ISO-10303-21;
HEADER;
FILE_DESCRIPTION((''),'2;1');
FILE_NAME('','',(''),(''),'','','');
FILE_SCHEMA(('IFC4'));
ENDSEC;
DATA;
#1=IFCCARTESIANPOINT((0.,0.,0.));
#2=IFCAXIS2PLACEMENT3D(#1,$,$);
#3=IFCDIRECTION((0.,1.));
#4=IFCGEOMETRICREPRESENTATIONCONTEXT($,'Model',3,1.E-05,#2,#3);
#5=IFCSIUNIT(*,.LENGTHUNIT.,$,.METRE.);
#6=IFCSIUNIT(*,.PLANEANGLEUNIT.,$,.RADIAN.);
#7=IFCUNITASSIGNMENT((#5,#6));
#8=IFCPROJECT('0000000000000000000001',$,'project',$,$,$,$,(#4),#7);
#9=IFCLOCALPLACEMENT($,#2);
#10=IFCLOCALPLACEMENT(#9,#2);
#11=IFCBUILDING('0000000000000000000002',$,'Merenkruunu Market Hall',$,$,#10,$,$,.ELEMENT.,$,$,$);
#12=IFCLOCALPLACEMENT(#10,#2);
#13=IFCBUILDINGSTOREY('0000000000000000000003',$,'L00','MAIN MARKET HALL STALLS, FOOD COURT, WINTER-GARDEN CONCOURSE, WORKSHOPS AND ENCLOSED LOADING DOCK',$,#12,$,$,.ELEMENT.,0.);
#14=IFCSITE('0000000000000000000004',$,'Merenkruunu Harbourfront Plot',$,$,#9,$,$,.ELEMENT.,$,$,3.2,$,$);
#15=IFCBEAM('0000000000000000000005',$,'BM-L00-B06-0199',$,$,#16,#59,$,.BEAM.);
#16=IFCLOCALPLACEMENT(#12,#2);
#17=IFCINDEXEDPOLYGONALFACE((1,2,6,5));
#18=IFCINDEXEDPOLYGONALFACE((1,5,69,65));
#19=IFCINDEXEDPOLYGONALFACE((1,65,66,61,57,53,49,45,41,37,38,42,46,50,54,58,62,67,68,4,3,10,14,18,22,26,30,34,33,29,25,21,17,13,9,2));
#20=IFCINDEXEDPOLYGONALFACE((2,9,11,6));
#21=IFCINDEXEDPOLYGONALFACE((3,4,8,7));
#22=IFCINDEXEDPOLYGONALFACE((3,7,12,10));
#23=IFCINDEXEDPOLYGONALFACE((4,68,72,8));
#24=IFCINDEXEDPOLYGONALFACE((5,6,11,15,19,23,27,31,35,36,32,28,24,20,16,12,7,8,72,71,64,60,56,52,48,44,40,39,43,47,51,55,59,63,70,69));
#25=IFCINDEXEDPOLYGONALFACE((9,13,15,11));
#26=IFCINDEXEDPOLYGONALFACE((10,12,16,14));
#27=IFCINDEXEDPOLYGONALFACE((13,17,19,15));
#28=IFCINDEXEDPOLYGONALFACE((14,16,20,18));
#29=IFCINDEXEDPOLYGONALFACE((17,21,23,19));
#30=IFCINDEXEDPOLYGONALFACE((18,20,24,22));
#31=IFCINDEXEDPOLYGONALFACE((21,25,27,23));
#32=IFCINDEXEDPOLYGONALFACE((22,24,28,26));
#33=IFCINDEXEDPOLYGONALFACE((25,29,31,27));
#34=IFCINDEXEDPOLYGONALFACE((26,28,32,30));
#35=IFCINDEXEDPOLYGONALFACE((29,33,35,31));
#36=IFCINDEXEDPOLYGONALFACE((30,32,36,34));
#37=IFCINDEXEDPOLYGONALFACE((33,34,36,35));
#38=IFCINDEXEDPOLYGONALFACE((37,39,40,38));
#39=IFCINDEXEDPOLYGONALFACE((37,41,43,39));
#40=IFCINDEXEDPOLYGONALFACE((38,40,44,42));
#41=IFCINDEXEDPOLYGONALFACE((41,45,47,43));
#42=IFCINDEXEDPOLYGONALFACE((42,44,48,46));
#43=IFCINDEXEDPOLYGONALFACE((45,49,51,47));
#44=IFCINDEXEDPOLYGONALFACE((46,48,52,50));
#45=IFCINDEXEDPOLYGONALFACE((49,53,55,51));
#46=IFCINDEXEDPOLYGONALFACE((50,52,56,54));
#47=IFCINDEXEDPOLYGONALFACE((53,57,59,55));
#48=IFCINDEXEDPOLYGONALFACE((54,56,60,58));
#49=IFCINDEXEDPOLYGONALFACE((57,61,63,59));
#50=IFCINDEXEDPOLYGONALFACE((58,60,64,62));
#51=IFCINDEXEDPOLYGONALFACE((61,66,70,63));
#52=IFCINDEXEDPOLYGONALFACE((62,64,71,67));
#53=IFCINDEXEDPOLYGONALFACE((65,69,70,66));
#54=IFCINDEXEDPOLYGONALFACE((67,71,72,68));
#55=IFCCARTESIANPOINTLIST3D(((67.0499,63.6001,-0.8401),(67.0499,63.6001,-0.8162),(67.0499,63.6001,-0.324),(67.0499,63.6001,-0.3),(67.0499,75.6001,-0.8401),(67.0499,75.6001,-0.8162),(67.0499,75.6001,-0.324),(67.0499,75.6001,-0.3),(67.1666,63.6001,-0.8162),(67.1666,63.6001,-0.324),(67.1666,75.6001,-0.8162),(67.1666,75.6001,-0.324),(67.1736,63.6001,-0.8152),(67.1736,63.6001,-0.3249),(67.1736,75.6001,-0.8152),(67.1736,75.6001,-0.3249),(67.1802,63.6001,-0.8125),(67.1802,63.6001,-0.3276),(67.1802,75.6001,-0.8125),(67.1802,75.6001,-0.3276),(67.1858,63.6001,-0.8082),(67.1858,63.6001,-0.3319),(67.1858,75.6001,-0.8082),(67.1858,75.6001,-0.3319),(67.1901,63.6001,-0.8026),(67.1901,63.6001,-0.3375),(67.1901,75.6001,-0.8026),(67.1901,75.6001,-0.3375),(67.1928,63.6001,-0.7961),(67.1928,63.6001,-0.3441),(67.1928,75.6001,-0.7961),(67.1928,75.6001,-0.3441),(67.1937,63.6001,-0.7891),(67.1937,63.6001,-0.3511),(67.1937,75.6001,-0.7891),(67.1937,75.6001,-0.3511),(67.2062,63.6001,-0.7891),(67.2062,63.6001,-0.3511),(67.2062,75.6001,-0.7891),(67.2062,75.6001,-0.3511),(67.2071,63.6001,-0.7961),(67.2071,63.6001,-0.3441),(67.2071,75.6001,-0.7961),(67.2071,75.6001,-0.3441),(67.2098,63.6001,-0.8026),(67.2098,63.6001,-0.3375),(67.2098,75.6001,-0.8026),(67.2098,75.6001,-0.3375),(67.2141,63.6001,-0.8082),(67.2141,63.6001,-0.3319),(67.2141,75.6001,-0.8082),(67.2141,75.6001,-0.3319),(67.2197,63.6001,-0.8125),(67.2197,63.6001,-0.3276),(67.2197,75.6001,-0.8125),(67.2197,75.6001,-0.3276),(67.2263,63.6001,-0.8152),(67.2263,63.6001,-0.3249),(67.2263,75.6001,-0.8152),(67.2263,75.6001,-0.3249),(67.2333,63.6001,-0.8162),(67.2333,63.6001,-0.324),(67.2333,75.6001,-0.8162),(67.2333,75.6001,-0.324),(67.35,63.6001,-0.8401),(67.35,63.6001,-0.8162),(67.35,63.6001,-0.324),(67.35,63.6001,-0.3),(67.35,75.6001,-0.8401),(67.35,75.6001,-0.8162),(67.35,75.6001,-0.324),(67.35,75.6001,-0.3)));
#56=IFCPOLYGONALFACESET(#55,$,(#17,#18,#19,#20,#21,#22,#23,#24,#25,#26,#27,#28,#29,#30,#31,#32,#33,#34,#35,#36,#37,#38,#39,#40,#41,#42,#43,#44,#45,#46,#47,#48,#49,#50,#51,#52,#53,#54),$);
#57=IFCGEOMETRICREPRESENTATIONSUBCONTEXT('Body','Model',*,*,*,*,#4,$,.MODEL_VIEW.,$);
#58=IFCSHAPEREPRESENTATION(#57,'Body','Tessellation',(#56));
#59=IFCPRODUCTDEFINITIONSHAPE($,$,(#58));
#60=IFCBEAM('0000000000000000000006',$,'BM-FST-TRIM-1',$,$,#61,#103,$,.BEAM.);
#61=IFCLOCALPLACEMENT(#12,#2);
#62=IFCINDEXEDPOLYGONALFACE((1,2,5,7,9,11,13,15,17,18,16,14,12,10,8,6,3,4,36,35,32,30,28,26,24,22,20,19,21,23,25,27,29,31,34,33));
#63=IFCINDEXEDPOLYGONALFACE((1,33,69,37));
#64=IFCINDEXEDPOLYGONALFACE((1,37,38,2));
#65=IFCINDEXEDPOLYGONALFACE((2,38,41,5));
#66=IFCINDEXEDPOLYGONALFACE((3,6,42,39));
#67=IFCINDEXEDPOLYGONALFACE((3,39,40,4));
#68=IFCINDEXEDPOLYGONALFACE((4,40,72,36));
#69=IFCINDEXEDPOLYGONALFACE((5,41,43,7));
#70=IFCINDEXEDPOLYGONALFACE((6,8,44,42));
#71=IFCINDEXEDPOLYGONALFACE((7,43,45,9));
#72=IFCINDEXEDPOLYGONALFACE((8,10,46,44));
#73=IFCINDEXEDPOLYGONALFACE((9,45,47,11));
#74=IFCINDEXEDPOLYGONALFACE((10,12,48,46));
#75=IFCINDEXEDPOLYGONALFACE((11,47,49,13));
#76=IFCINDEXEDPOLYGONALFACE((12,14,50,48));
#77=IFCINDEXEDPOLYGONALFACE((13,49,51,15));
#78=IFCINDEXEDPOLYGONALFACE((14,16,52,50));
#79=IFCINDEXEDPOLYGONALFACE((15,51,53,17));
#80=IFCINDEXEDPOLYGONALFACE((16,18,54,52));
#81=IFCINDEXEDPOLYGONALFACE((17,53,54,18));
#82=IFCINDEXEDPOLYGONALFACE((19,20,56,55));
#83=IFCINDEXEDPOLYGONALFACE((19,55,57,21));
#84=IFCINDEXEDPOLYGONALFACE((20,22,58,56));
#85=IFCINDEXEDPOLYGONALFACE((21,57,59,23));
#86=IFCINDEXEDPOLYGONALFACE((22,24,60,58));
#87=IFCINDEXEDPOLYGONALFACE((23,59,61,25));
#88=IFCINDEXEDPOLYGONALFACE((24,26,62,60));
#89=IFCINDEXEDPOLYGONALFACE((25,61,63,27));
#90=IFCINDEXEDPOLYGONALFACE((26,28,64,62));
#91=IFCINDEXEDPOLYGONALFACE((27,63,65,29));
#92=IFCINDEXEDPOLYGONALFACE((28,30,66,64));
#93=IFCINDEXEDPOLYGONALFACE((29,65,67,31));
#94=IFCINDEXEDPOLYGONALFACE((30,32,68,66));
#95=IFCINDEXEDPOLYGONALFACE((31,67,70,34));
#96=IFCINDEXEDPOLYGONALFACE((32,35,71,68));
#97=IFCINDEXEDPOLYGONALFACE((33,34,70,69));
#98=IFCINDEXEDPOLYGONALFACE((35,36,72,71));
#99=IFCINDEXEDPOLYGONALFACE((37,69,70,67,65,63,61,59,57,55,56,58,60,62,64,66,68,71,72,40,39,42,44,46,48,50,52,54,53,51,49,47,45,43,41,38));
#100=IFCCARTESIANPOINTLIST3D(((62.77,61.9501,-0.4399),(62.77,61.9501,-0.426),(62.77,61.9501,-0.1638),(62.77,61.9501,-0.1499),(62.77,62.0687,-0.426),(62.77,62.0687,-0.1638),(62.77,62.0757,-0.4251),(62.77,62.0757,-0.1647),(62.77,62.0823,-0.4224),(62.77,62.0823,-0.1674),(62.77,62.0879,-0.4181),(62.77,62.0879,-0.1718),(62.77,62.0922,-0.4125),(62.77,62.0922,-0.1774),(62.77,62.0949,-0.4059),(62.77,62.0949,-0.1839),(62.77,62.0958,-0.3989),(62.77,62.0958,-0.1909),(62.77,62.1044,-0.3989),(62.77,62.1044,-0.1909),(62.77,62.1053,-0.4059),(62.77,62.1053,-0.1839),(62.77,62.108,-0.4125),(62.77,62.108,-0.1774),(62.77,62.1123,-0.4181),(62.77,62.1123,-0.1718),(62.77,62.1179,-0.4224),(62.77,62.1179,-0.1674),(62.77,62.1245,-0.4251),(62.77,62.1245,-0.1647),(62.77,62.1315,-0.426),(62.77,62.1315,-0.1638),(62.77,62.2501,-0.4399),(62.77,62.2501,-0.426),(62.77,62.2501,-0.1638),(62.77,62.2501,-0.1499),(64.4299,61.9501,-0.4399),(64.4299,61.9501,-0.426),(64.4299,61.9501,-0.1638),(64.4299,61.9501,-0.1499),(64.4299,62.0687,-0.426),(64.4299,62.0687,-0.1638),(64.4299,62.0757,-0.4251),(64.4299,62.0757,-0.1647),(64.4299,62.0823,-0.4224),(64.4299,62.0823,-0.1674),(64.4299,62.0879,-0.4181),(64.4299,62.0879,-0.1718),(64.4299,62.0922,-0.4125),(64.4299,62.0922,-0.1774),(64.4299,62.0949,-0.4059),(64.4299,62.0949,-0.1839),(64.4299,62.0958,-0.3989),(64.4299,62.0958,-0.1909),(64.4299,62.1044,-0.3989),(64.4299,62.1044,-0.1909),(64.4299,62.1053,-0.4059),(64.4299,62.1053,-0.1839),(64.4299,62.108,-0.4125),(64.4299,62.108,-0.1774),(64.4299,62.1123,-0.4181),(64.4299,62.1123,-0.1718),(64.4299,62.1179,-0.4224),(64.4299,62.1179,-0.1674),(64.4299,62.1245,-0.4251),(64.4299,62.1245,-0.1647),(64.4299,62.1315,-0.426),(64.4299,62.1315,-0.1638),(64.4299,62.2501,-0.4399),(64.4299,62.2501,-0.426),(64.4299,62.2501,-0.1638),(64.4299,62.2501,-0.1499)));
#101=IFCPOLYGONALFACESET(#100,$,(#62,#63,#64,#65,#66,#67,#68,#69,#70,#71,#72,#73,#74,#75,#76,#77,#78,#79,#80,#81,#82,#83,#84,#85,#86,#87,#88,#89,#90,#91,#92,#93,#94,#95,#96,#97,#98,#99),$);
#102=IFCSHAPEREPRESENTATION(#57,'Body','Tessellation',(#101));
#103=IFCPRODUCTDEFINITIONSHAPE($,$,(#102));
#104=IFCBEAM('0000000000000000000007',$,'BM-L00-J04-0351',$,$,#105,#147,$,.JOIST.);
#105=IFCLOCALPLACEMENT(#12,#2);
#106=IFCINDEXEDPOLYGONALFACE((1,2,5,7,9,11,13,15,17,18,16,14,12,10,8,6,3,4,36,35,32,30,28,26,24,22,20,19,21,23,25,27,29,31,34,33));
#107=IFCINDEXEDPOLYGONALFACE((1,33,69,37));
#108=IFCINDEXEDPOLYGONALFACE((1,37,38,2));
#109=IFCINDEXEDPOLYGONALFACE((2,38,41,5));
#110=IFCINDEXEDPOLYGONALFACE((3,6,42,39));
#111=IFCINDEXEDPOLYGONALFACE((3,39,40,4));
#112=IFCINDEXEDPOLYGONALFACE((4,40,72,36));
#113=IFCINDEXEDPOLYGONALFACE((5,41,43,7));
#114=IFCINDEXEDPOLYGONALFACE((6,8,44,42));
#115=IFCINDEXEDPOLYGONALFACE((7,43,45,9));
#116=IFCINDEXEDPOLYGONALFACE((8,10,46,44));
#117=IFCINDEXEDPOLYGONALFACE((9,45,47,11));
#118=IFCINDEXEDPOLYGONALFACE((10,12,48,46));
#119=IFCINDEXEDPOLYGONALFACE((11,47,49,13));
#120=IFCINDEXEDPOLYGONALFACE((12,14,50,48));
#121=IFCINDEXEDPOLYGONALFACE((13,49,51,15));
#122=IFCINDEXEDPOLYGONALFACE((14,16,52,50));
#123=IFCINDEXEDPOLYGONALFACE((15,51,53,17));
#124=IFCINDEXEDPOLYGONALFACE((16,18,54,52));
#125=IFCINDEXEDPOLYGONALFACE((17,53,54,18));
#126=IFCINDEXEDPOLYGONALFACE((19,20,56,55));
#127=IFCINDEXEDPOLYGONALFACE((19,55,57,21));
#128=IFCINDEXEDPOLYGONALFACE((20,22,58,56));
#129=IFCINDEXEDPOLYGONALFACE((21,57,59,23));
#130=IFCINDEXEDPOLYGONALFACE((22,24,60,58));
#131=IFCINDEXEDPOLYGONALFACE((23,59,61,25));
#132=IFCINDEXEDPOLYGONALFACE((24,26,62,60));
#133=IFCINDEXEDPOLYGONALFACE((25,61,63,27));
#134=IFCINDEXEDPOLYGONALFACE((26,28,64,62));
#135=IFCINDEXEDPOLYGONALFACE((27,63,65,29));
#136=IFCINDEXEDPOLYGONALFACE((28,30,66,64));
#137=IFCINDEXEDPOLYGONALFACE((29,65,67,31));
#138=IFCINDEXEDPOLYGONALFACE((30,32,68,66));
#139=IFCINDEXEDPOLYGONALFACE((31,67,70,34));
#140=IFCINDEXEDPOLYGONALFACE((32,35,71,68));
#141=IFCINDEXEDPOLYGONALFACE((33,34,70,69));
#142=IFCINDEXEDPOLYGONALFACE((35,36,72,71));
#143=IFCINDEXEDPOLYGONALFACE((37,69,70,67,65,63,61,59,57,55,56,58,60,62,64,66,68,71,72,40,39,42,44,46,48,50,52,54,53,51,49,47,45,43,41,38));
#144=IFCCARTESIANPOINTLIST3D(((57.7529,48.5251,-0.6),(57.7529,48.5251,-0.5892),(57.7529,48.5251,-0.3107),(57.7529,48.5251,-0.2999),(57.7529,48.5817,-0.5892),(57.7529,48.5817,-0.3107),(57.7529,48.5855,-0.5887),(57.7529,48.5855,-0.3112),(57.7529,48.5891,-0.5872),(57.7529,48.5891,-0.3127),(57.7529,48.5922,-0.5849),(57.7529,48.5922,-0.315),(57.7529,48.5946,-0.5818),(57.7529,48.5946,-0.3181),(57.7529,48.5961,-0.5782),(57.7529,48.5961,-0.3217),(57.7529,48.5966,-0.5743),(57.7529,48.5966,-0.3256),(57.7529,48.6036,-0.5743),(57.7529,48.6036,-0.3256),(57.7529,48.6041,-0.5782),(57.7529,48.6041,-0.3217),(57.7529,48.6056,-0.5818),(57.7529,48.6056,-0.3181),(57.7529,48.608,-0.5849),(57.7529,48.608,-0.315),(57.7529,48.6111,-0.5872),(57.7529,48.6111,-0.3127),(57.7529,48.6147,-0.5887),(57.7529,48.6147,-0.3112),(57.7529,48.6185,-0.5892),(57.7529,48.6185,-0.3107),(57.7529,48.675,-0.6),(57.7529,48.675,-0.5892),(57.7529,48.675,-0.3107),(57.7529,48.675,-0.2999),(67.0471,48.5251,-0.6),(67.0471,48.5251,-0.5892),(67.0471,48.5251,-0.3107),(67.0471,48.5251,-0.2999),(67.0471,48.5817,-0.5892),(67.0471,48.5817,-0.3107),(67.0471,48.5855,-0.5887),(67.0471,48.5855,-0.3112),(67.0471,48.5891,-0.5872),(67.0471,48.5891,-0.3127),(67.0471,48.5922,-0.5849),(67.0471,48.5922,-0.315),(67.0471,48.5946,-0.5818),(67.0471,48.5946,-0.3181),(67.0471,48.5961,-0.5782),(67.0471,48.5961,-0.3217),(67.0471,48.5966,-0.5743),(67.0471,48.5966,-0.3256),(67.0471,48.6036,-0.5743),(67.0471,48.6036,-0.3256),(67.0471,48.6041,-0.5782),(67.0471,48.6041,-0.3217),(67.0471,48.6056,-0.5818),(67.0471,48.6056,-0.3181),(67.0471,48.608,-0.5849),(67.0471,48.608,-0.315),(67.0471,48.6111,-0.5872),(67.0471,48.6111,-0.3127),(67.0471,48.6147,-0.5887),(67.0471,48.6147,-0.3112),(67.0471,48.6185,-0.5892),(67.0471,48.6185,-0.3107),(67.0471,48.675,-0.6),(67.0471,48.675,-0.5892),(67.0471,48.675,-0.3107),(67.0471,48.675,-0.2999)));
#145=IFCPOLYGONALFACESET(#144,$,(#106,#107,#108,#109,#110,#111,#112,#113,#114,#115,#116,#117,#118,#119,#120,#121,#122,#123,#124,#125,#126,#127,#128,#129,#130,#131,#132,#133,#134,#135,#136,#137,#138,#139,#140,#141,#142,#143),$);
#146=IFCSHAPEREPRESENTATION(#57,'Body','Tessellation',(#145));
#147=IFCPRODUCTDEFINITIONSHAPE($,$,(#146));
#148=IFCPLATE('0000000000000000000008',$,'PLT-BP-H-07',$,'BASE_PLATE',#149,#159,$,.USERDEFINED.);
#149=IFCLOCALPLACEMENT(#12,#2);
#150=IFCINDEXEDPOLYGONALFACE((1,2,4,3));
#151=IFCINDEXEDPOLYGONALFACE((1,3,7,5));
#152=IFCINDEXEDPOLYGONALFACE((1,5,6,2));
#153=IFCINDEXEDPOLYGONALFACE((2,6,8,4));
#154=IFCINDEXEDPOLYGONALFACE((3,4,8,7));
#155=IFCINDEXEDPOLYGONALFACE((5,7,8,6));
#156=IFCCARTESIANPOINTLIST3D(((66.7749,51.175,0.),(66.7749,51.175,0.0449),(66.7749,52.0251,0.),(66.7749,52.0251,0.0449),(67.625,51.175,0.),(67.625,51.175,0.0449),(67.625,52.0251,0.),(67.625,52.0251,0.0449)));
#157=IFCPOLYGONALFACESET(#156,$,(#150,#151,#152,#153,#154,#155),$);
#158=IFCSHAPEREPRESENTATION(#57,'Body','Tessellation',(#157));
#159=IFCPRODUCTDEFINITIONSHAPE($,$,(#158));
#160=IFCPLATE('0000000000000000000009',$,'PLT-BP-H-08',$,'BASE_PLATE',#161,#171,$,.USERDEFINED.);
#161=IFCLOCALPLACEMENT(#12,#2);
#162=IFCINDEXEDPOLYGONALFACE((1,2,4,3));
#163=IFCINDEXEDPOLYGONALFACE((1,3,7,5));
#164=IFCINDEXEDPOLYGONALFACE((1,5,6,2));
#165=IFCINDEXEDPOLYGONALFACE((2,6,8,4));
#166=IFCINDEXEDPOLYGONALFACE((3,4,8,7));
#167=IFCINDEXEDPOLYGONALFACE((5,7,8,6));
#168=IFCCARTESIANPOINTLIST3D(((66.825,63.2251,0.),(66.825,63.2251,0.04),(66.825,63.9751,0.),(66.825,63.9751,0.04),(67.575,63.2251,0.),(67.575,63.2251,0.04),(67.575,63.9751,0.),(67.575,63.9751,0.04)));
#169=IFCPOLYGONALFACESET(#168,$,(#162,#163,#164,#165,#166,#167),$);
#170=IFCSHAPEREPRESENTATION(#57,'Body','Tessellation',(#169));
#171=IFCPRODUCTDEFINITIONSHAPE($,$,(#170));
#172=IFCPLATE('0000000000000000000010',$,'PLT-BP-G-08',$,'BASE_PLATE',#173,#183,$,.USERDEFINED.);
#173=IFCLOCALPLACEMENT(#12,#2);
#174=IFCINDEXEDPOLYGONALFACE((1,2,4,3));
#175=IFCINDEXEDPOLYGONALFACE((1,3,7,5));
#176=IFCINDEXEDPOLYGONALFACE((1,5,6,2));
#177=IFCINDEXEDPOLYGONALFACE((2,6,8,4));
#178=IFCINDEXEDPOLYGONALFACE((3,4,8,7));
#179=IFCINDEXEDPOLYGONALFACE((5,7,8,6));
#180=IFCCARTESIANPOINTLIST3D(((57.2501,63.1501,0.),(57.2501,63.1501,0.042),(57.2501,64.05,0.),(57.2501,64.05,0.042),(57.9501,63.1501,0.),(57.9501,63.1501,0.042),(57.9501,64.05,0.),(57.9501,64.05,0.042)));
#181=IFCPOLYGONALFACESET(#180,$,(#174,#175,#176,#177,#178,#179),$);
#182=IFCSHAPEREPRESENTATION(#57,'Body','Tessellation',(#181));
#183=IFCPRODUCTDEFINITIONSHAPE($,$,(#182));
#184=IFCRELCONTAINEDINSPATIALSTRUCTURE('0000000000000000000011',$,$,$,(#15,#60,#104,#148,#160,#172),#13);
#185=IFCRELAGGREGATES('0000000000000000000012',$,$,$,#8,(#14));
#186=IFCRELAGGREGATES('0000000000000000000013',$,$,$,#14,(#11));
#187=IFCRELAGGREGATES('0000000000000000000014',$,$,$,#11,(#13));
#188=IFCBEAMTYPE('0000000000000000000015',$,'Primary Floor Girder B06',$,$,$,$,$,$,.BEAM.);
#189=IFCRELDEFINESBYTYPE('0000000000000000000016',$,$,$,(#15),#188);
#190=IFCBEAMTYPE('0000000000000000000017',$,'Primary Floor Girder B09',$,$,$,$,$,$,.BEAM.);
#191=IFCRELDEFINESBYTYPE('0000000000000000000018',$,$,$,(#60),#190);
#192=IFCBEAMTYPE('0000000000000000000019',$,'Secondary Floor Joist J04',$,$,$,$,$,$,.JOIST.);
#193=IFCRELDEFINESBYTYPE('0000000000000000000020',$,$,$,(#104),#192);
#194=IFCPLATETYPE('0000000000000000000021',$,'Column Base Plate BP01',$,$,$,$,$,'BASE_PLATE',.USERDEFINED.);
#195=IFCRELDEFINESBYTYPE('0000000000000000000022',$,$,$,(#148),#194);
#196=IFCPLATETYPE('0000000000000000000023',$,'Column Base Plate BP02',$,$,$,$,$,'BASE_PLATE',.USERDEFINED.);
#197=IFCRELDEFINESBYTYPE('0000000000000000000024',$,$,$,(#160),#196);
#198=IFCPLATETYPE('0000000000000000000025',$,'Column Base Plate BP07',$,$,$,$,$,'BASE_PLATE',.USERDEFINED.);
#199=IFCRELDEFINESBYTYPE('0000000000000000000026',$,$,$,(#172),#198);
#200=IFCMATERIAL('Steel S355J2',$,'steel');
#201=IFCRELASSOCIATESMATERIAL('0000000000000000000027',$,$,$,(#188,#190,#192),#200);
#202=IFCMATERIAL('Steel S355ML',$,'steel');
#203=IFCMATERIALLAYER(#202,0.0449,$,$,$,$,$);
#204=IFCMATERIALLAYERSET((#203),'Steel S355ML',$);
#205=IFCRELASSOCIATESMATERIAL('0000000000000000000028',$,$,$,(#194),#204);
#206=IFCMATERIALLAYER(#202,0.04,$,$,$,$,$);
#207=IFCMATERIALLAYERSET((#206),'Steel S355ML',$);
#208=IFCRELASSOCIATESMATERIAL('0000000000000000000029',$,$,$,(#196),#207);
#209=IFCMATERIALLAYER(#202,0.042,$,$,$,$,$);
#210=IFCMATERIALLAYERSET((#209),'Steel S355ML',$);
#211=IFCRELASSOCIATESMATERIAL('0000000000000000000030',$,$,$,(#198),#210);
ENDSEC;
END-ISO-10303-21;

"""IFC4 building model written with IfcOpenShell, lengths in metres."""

from ifc_helpers import new_model, si_unit, direction, frame, origin, origin_2d, place, context, subcontext, project, spatial, rectangle, i_section, extrude, material, layer, layer_set, material_profile, profile_set, type_object, element, save


model = new_model("IFC4")

# Units and contexts
model_context = context("Model", 3, precision=1e-05, world=origin(), true_north=direction((0.0, 1.0)))
body_context = subcontext(model_context, "Body", "Model", "MODEL_VIEW")
ifc_project = project(units=[si_unit("LENGTHUNIT", "METRE"), si_unit("PLANEANGLEUNIT", "RADIAN")], contexts=[model_context])

# Site, building, storey
site_placement = place(None, origin())
site = spatial("IfcSite", under=ifc_project, at=site_placement, Name="Merenkruunu Harbourfront Plot", CompositionType="ELEMENT", RefElevation=3.2)
building_placement = place(site_placement, origin())
building = spatial("IfcBuilding", under=site, at=building_placement, Name="Merenkruunu Market Hall", CompositionType="ELEMENT")
storey_placement = place(building_placement, origin())
storey = spatial("IfcBuildingStorey", under=building, at=storey_placement, Name="L00", Description="MAIN MARKET HALL STALLS, FOOD COURT, WINTER-GARDEN CONCOURSE, WORKSHOPS AND ENCLOSED LOADING DOCK", CompositionType="ELEMENT", Elevation=0.0)

# Shared definitions
ifc_material_1 = material(Name="Steel S355ML", Category="steel")

# Beams
ifc_material_2 = material(Name="Steel S355J2", Category="steel")
ifc_material_profile_1 = material_profile(ifc_material_2, i_section(OverallWidth=0.3, OverallDepth=0.54, WebThickness=0.0125, FlangeThickness=0.0239, FilletRadius=0.0271, at=origin_2d()), Name="HEA 550")
ifc_profile_set_1 = profile_set([ifc_material_profile_1], Name="Steel S355J2")
beam_type_1 = type_object("IfcBeamType", Name="Primary Floor Girder B06", PredefinedType="BEAM", material=ifc_profile_set_1)
for number, where, z_axis, x_axis, name in (
    (1, (67.2, 63.6001, -0.5701), (0.0, 1.0, 0.0), (-1.0, 0.0, 0.0), "BM-L00-B06-0199"),
):
    element("IfcBeam", number, at=place(storey_placement, frame(where, z_axis=z_axis, x_axis=x_axis)), inside=storey, type_object=beam_type_1, Name=name, PredefinedType="BEAM", context=body_context, shape_type="SweptSolid", body=[
        extrude(i_section(OverallWidth=0.3, OverallDepth=0.54, WebThickness=0.0125, FlangeThickness=0.0239, FilletRadius=0.0271, at=origin_2d()), origin(), (0.0, 0.0, 1.0), 12.0),
    ])
ifc_material_profile_2 = material_profile(ifc_material_2, i_section(OverallWidth=0.3, OverallDepth=0.29, WebThickness=0.0085, FlangeThickness=0.0139, FilletRadius=0.0271, at=origin_2d()), Name="HEA 300")
ifc_profile_set_2 = profile_set([ifc_material_profile_2], Name="Steel S355J2")
beam_type_2 = type_object("IfcBeamType", Name="Primary Floor Girder B09", PredefinedType="BEAM", material=ifc_profile_set_2)
beam_1_placement = place(storey_placement, frame((62.77, 62.1001, -0.2949), z_axis=(1.0, 0.0, 0.0), x_axis=(0.0, 1.0, 0.0)))
element("IfcBeam", 2, at=beam_1_placement, inside=storey, type_object=beam_type_2, Name="BM-FST-TRIM-1", PredefinedType="BEAM", context=body_context, shape_type="SweptSolid", body=[
    extrude(i_section(OverallWidth=0.3, OverallDepth=0.29, WebThickness=0.0085, FlangeThickness=0.0139, FilletRadius=0.0271, at=origin_2d()), origin(), (0.0, 0.0, 1.0), 1.6599),
])
ifc_material_profile_3 = material_profile(ifc_material_2, i_section(OverallWidth=0.1499, OverallDepth=0.3, WebThickness=0.0071, FlangeThickness=0.0107, FilletRadius=0.0149, at=origin_2d()), Name="IPE 300")
ifc_profile_set_3 = profile_set([ifc_material_profile_3], Name="Steel S355J2")
beam_type_3 = type_object("IfcBeamType", Name="Secondary Floor Joist J04", PredefinedType="JOIST", material=ifc_profile_set_3)
beam_2_placement = place(storey_placement, frame((57.7529, 48.6001, -0.45), z_axis=(1.0, 0.0, 0.0), x_axis=(0.0, 1.0, 0.0)))
element("IfcBeam", 3, at=beam_2_placement, inside=storey, type_object=beam_type_3, Name="BM-L00-J04-0351", PredefinedType="JOIST", context=body_context, shape_type="SweptSolid", body=[
    extrude(i_section(OverallWidth=0.1499, OverallDepth=0.3, WebThickness=0.0071, FlangeThickness=0.0107, FilletRadius=0.0149, at=origin_2d()), origin(), (0.0, 0.0, 1.0), 9.2942),
])

# Plates
ifc_layer_1 = layer(ifc_material_1, 0.0449)
ifc_layer_set_1 = layer_set([ifc_layer_1], Name="Steel S355ML")
plate_type_1 = type_object("IfcPlateType", Name="Column Base Plate BP01", ElementType="BASE_PLATE", PredefinedType="USERDEFINED", material=ifc_layer_set_1)
plate_1_placement = place(storey_placement, frame((67.2, 51.6001, 0.0), z_axis=(0.0, 0.0, 1.0), x_axis=(1.0, 0.0, 0.0)))
element("IfcPlate", 4, at=plate_1_placement, inside=storey, type_object=plate_type_1, Name="PLT-BP-H-07", ObjectType="BASE_PLATE", PredefinedType="USERDEFINED", context=body_context, shape_type="SweptSolid", body=[
    extrude(rectangle(XDim=0.8501, YDim=0.8501, at=origin_2d()), origin(), (0.0, 0.0, 1.0), 0.0449),
])
ifc_layer_2 = layer(ifc_material_1, 0.04)
ifc_layer_set_2 = layer_set([ifc_layer_2], Name="Steel S355ML")
plate_type_2 = type_object("IfcPlateType", Name="Column Base Plate BP02", ElementType="BASE_PLATE", PredefinedType="USERDEFINED", material=ifc_layer_set_2)
plate_2_placement = place(storey_placement, frame((67.2, 63.6001, 0.0), z_axis=(0.0, 0.0, 1.0), x_axis=(1.0, 0.0, 0.0)))
element("IfcPlate", 5, at=plate_2_placement, inside=storey, type_object=plate_type_2, Name="PLT-BP-H-08", ObjectType="BASE_PLATE", PredefinedType="USERDEFINED", context=body_context, shape_type="SweptSolid", body=[
    extrude(rectangle(XDim=0.75, YDim=0.75, at=origin_2d()), origin(), (0.0, 0.0, 1.0), 0.04),
])
ifc_layer_3 = layer(ifc_material_1, 0.042)
ifc_layer_set_3 = layer_set([ifc_layer_3], Name="Steel S355ML")
plate_type_3 = type_object("IfcPlateType", Name="Column Base Plate BP07", ElementType="BASE_PLATE", PredefinedType="USERDEFINED", material=ifc_layer_set_3)
plate_3_placement = place(storey_placement, frame((57.6001, 63.6001, 0.0), z_axis=(0.0, 0.0, 1.0), x_axis=(1.0, 0.0, 0.0)))
element("IfcPlate", 6, at=plate_3_placement, inside=storey, type_object=plate_type_3, Name="PLT-BP-G-08", ObjectType="BASE_PLATE", PredefinedType="USERDEFINED", context=body_context, shape_type="SweptSolid", body=[
    extrude(rectangle(XDim=0.7, YDim=0.8999, at=origin_2d()), origin(), (0.0, 0.0, 1.0), 0.042),
])

save(model, "model.ifc")
